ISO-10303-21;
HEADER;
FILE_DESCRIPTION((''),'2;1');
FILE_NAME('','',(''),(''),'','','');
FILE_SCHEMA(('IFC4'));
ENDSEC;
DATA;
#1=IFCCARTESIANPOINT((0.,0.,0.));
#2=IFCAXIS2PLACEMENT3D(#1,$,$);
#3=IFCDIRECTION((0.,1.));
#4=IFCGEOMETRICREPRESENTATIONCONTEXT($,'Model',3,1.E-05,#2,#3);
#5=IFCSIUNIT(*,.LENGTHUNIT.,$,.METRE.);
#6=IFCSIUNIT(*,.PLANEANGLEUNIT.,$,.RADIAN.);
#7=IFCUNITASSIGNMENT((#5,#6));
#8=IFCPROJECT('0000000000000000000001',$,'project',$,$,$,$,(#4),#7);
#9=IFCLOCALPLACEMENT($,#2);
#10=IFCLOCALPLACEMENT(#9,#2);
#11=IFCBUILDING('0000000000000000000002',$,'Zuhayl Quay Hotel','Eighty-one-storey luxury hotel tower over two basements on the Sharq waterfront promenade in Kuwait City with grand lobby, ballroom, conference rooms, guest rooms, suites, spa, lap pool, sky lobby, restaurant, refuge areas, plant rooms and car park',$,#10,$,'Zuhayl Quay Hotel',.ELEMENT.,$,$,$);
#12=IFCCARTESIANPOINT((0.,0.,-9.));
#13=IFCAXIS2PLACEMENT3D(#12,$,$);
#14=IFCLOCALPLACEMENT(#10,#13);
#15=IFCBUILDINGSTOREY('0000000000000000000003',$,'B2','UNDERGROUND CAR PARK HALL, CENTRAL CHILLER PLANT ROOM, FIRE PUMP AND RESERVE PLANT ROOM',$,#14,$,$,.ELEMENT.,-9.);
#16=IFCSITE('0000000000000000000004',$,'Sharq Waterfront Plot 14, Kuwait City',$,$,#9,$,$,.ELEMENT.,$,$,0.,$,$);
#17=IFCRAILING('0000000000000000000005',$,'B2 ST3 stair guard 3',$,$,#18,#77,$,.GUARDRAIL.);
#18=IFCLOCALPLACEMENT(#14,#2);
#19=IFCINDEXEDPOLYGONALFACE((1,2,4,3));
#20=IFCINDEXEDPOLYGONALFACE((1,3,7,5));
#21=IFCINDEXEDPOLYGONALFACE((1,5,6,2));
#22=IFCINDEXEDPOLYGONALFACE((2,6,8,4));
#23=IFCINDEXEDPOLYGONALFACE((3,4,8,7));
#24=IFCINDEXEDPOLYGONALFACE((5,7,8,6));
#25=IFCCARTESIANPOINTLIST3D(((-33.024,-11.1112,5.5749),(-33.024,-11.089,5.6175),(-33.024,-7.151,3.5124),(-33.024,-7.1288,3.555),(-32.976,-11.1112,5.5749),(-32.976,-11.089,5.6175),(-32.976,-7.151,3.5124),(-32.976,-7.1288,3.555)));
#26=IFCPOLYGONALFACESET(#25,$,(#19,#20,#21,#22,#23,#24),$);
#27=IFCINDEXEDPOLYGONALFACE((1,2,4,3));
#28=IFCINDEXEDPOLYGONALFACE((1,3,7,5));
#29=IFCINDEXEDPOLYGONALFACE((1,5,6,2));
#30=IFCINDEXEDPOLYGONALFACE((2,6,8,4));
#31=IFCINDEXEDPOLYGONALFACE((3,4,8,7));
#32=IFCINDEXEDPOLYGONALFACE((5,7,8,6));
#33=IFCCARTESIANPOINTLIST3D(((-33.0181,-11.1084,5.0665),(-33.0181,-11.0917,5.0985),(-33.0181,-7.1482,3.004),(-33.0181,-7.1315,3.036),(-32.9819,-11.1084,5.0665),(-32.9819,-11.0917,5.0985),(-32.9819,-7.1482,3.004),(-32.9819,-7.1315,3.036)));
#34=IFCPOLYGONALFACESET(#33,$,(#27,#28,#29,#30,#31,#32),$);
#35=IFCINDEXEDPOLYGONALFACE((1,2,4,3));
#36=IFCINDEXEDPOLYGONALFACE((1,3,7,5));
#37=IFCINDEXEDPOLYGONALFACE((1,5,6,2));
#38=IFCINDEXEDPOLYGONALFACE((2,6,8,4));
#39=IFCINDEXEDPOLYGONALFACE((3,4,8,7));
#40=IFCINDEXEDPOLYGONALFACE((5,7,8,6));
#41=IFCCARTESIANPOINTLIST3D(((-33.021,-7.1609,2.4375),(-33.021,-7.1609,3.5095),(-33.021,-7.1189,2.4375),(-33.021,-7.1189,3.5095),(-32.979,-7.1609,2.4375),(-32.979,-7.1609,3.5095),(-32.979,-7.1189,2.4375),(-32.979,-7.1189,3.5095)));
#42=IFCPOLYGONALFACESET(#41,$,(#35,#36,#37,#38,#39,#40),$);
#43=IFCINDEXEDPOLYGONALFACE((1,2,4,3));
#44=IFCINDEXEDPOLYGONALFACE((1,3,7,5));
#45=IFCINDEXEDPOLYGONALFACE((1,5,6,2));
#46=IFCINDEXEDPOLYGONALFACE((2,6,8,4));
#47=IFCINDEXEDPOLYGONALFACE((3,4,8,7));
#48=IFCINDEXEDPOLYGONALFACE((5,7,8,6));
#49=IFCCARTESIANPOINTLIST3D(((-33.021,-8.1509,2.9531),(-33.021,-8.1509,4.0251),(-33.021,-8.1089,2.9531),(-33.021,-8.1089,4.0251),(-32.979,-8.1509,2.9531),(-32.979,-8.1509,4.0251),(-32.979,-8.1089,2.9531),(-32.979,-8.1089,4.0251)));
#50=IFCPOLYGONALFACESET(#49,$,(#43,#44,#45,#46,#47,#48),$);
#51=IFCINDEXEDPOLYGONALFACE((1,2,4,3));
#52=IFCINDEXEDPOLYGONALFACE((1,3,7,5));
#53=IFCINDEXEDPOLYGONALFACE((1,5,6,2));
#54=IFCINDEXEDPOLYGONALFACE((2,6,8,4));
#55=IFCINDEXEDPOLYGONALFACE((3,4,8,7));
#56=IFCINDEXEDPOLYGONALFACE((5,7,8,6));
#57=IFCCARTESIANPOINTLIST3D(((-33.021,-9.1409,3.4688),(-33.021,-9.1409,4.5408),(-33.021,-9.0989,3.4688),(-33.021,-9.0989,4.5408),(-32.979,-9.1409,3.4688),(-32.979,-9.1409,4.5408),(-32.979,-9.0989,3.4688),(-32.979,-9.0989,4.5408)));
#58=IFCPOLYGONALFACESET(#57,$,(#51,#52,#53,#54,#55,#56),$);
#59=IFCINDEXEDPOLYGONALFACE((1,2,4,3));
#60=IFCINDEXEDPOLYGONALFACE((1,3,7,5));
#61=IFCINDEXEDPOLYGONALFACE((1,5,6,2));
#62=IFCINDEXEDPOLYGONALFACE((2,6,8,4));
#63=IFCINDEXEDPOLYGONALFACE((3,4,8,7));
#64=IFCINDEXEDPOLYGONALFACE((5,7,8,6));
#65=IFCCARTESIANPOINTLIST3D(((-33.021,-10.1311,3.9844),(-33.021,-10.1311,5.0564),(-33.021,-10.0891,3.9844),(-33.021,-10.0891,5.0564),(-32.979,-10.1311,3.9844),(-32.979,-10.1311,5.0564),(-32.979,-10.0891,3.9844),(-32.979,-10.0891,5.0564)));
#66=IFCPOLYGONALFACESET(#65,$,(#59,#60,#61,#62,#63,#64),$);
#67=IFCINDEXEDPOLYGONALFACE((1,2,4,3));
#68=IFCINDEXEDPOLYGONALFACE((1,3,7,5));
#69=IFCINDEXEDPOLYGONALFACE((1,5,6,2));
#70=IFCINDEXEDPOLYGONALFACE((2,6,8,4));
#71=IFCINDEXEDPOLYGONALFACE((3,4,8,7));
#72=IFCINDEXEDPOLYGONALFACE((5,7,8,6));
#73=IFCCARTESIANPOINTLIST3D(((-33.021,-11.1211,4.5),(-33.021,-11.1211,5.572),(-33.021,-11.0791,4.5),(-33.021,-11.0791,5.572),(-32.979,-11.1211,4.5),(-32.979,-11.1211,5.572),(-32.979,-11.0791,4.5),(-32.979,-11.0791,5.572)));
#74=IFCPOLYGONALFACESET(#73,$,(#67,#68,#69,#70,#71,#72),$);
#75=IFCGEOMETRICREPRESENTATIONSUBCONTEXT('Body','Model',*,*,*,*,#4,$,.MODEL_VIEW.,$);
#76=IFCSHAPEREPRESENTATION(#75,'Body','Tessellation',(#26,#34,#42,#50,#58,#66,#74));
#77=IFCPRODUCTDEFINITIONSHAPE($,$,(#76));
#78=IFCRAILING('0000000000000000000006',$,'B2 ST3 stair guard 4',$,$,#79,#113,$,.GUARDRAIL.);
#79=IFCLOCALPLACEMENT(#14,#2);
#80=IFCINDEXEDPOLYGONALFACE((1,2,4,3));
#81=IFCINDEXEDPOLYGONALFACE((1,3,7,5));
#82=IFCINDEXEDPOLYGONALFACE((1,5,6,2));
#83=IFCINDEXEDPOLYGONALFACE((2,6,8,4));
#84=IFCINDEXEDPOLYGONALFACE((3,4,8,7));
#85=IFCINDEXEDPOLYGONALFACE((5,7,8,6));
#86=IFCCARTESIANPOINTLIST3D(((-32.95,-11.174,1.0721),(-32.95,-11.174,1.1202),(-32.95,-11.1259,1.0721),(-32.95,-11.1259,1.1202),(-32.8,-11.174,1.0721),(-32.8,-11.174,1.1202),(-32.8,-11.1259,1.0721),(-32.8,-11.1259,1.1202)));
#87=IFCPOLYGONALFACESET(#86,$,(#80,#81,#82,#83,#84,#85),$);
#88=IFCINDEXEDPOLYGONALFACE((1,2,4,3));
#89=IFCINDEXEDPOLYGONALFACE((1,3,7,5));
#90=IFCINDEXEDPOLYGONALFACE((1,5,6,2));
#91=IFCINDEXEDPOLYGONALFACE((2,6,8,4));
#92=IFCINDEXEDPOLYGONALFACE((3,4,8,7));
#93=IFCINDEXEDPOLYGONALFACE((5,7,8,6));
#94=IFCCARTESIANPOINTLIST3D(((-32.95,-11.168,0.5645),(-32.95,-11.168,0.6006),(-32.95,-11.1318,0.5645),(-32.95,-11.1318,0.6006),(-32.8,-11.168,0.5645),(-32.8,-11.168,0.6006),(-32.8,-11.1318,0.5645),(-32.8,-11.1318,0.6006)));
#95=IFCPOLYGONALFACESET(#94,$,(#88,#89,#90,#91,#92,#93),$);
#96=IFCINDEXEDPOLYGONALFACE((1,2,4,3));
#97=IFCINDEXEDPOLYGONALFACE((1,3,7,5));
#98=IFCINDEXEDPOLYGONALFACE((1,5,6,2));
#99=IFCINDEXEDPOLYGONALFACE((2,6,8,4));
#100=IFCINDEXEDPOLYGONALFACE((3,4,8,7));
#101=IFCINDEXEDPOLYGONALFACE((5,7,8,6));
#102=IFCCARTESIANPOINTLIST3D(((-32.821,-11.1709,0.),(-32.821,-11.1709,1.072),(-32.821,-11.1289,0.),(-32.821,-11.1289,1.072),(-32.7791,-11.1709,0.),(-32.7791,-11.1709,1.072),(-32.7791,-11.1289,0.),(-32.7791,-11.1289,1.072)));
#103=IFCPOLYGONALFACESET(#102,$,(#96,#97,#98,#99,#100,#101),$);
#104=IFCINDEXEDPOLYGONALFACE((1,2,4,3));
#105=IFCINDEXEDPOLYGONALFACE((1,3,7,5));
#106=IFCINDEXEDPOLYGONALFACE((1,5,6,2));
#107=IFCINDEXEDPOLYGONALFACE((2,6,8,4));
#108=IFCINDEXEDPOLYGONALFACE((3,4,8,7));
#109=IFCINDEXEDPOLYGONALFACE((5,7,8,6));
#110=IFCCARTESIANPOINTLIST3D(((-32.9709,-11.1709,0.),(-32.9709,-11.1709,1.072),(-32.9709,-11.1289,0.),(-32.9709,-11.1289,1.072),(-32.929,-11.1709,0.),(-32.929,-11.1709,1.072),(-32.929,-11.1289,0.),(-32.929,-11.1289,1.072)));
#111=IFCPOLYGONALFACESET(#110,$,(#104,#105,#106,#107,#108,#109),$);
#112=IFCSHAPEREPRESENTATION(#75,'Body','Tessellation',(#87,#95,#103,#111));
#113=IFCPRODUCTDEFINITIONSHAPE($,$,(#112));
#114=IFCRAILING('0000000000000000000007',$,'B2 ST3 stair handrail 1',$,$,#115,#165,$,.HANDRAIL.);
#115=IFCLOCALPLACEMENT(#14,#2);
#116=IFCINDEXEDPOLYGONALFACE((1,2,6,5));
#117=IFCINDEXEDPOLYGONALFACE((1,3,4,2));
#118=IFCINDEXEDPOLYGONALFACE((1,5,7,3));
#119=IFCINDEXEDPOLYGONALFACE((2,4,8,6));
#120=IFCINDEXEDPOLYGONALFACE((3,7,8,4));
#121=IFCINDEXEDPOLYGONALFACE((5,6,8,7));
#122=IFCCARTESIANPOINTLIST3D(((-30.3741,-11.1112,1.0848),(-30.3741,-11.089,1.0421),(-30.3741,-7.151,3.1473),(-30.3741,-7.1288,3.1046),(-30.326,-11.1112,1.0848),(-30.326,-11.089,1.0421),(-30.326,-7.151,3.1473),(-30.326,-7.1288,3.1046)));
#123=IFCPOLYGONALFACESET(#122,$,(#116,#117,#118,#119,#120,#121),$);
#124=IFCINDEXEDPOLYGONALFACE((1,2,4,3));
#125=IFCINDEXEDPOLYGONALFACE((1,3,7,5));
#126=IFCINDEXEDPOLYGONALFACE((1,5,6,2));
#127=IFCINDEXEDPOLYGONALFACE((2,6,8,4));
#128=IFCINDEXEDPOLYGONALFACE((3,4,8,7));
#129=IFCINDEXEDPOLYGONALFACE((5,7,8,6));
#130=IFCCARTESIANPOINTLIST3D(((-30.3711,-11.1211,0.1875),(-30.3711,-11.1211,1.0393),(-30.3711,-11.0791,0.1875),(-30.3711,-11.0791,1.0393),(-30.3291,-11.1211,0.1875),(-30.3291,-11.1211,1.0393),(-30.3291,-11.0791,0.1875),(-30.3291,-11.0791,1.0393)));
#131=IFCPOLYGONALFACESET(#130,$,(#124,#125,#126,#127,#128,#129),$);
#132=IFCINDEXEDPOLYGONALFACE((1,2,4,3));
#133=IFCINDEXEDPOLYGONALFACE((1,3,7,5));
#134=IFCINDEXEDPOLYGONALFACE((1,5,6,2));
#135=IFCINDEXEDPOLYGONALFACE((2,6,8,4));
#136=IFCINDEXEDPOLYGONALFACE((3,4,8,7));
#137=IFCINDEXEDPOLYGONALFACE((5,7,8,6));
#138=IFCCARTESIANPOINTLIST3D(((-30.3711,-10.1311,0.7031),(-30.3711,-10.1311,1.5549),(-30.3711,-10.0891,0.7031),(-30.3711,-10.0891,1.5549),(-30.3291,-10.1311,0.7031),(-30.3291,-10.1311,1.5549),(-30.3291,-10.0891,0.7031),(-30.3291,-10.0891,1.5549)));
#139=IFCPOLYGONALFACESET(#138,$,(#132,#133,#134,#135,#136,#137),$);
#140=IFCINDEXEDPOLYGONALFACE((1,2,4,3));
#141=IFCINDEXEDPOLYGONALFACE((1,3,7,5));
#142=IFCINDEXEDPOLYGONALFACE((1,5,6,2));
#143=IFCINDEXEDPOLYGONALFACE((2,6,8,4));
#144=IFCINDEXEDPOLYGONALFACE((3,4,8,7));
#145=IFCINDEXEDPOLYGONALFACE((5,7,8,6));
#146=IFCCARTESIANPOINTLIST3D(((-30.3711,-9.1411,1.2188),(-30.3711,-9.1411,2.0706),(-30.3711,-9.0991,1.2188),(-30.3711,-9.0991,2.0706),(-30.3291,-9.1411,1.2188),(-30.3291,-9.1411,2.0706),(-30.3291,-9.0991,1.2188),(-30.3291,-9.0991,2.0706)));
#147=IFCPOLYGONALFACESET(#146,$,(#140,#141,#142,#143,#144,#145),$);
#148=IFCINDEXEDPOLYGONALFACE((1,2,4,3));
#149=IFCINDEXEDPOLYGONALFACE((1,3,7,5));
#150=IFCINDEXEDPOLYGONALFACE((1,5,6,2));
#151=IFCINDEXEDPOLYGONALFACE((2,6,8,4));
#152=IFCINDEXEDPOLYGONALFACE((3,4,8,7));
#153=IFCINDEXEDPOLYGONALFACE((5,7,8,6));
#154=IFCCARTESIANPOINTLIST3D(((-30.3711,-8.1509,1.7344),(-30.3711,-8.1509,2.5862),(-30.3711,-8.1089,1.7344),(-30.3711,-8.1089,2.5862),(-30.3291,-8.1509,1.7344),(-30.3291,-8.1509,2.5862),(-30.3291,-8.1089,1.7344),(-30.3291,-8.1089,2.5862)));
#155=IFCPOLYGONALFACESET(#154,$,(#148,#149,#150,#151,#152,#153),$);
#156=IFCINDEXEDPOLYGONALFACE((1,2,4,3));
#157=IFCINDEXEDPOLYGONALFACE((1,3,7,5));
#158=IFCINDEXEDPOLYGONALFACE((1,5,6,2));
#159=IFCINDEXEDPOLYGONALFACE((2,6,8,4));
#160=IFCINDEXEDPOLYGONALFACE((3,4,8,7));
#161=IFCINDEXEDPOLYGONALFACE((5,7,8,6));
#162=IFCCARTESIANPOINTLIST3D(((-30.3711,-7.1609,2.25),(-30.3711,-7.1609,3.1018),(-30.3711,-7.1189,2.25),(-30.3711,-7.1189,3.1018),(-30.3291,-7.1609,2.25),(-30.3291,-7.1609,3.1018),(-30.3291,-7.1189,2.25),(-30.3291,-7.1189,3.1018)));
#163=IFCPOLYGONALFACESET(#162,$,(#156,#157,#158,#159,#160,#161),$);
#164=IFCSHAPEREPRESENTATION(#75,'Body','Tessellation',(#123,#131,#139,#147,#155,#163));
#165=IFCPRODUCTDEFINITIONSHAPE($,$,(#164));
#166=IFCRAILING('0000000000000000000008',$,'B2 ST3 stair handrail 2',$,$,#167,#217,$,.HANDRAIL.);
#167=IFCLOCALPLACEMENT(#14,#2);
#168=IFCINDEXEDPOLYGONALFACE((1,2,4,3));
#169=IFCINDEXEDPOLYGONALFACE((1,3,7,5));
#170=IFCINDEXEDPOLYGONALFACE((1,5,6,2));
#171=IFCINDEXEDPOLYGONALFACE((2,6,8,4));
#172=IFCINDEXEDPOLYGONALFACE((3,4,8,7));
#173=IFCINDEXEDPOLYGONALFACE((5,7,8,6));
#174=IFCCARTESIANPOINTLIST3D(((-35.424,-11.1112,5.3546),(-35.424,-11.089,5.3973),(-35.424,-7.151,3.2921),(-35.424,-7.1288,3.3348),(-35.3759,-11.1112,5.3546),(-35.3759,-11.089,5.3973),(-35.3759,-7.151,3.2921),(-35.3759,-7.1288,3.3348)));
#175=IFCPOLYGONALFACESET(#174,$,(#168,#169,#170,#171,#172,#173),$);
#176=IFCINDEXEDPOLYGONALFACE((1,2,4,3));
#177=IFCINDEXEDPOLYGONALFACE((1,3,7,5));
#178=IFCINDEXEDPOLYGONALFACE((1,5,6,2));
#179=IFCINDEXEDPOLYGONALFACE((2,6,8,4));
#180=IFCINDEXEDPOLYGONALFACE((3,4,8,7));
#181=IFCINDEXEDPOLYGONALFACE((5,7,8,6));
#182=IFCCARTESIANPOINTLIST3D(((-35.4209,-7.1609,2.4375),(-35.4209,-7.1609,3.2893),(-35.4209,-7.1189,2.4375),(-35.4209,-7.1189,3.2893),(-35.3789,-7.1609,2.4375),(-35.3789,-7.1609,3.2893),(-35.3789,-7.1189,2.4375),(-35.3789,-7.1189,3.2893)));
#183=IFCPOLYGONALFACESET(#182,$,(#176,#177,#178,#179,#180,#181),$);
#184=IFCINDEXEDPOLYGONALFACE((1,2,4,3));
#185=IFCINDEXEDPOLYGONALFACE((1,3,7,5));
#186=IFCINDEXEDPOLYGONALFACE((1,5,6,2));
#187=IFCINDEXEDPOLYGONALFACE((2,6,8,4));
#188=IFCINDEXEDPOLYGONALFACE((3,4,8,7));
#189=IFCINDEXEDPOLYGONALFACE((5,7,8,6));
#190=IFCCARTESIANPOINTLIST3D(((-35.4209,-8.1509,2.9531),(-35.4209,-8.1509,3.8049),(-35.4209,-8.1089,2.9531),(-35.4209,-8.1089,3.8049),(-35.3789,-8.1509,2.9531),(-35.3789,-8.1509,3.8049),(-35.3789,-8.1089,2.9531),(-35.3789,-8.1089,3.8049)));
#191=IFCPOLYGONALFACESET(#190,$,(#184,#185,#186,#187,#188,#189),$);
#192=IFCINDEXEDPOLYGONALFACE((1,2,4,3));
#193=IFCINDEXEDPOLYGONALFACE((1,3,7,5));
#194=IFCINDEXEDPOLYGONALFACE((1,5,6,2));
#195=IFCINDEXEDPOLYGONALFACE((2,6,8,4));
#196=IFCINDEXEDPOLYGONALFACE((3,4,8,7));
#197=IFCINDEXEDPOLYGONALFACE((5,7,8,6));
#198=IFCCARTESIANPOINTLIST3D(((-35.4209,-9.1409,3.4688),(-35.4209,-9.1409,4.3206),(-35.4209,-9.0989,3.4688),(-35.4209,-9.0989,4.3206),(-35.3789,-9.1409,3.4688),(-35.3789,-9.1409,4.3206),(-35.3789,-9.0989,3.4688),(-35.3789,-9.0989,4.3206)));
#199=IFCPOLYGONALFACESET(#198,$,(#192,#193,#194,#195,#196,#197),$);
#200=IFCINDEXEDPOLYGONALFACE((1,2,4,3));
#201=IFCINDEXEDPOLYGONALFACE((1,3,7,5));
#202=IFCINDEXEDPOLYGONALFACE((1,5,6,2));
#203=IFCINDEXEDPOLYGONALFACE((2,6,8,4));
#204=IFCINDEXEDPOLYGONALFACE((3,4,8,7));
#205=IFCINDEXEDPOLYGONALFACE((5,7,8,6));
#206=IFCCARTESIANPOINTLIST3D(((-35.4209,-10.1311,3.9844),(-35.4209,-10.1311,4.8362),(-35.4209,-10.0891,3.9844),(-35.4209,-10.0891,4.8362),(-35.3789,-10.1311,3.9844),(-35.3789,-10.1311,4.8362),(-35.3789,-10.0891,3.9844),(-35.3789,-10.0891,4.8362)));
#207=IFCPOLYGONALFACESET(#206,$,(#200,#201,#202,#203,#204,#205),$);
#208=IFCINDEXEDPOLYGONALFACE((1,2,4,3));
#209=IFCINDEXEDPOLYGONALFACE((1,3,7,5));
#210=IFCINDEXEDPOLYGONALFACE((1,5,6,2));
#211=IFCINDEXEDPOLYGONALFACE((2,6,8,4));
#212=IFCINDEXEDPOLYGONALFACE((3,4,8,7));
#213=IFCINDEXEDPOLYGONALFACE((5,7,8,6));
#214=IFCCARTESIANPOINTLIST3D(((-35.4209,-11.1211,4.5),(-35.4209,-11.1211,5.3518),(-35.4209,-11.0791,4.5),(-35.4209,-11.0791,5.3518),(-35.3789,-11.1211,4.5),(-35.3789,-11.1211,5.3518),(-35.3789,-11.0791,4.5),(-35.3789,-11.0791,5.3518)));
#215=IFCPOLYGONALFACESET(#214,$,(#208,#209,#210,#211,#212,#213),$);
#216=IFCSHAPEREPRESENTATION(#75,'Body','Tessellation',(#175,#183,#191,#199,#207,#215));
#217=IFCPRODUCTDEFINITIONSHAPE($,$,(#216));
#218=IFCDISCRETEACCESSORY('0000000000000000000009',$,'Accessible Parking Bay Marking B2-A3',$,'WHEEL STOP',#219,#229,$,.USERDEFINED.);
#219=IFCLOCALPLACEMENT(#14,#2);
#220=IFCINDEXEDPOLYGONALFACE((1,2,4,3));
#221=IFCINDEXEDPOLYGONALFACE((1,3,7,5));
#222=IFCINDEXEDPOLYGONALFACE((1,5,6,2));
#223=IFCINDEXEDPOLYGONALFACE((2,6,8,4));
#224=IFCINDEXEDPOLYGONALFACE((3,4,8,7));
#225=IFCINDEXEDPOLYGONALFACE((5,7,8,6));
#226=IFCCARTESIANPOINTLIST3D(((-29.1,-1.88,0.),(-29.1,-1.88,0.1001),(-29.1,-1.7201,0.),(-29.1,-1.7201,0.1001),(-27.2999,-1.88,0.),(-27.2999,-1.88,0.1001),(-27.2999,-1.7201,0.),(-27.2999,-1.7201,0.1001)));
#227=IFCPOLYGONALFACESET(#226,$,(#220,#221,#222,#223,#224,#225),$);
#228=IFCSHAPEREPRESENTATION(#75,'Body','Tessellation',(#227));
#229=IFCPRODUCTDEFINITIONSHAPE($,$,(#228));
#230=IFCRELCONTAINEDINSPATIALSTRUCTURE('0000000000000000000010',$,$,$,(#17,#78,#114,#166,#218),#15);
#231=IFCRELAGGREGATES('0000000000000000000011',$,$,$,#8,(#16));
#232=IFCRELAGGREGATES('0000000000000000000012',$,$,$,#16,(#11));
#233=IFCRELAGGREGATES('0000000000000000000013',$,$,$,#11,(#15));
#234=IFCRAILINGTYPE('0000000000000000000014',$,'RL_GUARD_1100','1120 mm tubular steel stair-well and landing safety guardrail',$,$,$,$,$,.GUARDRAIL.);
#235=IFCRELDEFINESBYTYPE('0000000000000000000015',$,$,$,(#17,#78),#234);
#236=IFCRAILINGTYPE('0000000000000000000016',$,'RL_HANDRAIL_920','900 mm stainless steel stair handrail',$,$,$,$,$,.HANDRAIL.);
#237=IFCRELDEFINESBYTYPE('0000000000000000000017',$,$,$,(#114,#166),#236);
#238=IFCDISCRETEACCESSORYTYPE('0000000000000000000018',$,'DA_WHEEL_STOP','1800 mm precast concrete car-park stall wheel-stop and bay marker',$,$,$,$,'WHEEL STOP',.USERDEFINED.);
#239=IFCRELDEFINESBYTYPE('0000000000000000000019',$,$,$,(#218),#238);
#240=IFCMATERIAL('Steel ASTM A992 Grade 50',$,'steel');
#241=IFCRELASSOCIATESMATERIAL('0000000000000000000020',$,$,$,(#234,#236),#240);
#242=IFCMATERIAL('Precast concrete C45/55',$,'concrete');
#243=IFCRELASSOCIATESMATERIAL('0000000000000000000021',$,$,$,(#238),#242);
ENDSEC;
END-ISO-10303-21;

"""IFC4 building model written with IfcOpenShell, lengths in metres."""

from ifc_helpers import new_model, si_unit, direction, frame, origin, origin_2d, place, context, subcontext, project, spatial, rectangle, extrude, material, type_object, element, save


model = new_model("IFC4")

# Units and contexts
model_context = context("Model", 3, precision=1e-05, world=origin(), true_north=direction((0.0, 1.0)))
body_context = subcontext(model_context, "Body", "Model", "MODEL_VIEW")
ifc_project = project(units=[si_unit("LENGTHUNIT", "METRE"), si_unit("PLANEANGLEUNIT", "RADIAN")], contexts=[model_context])

# Site, building, storey
site_placement = place(None, origin())
site = spatial("IfcSite", under=ifc_project, at=site_placement, Name="Sharq Waterfront Plot 14, Kuwait City", CompositionType="ELEMENT", RefElevation=0.0)
building_placement = place(site_placement, origin())
building = spatial("IfcBuilding", under=site, at=building_placement, Name="Zuhayl Quay Hotel", Description="Eighty-one-storey luxury hotel tower over two basements on the Sharq waterfront promenade in Kuwait City with grand lobby, ballroom, conference rooms, guest rooms, suites, spa, lap pool, sky lobby, restaurant, refuge areas, plant rooms and car park", LongName="Zuhayl Quay Hotel", CompositionType="ELEMENT")
storey_placement = place(building_placement, frame((0.0, 0.0, -9.0)))
storey = spatial("IfcBuildingStorey", under=building, at=storey_placement, Name="B2", Description="UNDERGROUND CAR PARK HALL, CENTRAL CHILLER PLANT ROOM, FIRE PUMP AND RESERVE PLANT ROOM", CompositionType="ELEMENT", Elevation=-9.0)

# Railings
ifc_material_1 = material(Name="Steel ASTM A992 Grade 50", Category="steel")
railing_type_1 = type_object("IfcRailingType", Name="RL_GUARD_1100", Description="1120 mm tubular steel stair-well and landing safety guardrail", PredefinedType="GUARDRAIL", material=ifc_material_1)
railing_1_placement = place(storey_placement, frame((-33.0, -7.1399, 2.4375)))
element("IfcRailing", 1, at=railing_1_placement, inside=storey, type_object=railing_type_1, Name="B2 ST3 stair guard 3", PredefinedType="GUARDRAIL", context=body_context, shape_type="SweptSolid", body=[
    extrude(rectangle(XDim=0.0481, YDim=0.0481, at=origin_2d()), frame((0.0, 0.0, 1.0962), z_axis=(0.0, -0.886924, 0.461916), x_axis=(1.0, 0.0, 0.0)), (0.0, 0.0, 1.0), 4.4651),
    extrude(rectangle(XDim=0.0361, YDim=0.0361, at=origin_2d()), frame((0.0, 0.0, 0.5825), z_axis=(0.0, -0.886924, 0.461916), x_axis=(1.0, 0.0, 0.0)), (0.0, 0.0, 1.0), 4.4651),
    extrude(rectangle(XDim=0.042, YDim=0.042, at=origin_2d()), origin(), (0.0, 0.0, 1.0), 1.072),
    extrude(rectangle(XDim=0.042, YDim=0.042, at=origin_2d()), frame((0.0, -0.99, 0.5156)), (0.0, 0.0, 1.0), 1.072),
    extrude(rectangle(XDim=0.042, YDim=0.042, at=origin_2d()), frame((0.0, -1.98, 1.0312)), (0.0, 0.0, 1.0), 1.072),
    extrude(rectangle(XDim=0.042, YDim=0.042, at=origin_2d()), frame((0.0, -2.9702, 1.5469)), (0.0, 0.0, 1.0), 1.072),
    extrude(rectangle(XDim=0.042, YDim=0.042, at=origin_2d()), frame((0.0, -3.9602, 2.0625)), (0.0, 0.0, 1.0), 1.072),
])
railing_2_placement = place(storey_placement, frame((-32.8, -11.1499, 0.0)))
element("IfcRailing", 2, at=railing_2_placement, inside=storey, type_object=railing_type_1, Name="B2 ST3 stair guard 4", PredefinedType="GUARDRAIL", context=body_context, shape_type="SweptSolid", body=[
    extrude(rectangle(XDim=0.0481, YDim=0.0481, at=origin_2d()), frame((0.0, 0.0, 1.0962), z_axis=(-1.0, 0.0, 0.0), x_axis=(0.0, -1.0, 0.0)), (0.0, 0.0, 1.0), 0.1499),
    extrude(rectangle(XDim=0.0361, YDim=0.0361, at=origin_2d()), frame((0.0, 0.0, 0.5825), z_axis=(-1.0, 0.0, 0.0), x_axis=(0.0, -1.0, 0.0)), (0.0, 0.0, 1.0), 0.1499),
    extrude(rectangle(XDim=0.042, YDim=0.042, at=origin_2d()), origin(), (0.0, 0.0, 1.0), 1.072),
    extrude(rectangle(XDim=0.042, YDim=0.042, at=origin_2d()), frame((-0.1499, 0.0, 0.0)), (0.0, 0.0, 1.0), 1.072),
])
railing_type_2 = type_object("IfcRailingType", Name="RL_HANDRAIL_920", Description="900 mm stainless steel stair handrail", PredefinedType="HANDRAIL", material=ifc_material_1)
railing_3_placement = place(storey_placement, frame((-30.3501, -11.1001, 0.1875)))
element("IfcRailing", 3, at=railing_3_placement, inside=storey, type_object=railing_type_2, Name="B2 ST3 stair handrail 1", PredefinedType="HANDRAIL", context=body_context, shape_type="SweptSolid", body=[
    extrude(rectangle(XDim=0.0481, YDim=0.0481, at=origin_2d()), frame((0.0, 0.0, 0.876), z_axis=(0.0, 0.886924, 0.461916), x_axis=(-1.0, 0.0, 0.0)), (0.0, 0.0, 1.0), 4.4651),
    extrude(rectangle(XDim=0.042, YDim=0.042, at=origin_2d()), origin(), (0.0, 0.0, 1.0), 0.8518),
    extrude(rectangle(XDim=0.042, YDim=0.042, at=origin_2d()), frame((0.0, 0.99, 0.5156)), (0.0, 0.0, 1.0), 0.8518),
    extrude(rectangle(XDim=0.042, YDim=0.042, at=origin_2d()), frame((0.0, 1.98, 1.0312)), (0.0, 0.0, 1.0), 0.8518),
    extrude(rectangle(XDim=0.042, YDim=0.042, at=origin_2d()), frame((0.0, 2.9702, 1.5469)), (0.0, 0.0, 1.0), 0.8518),
    extrude(rectangle(XDim=0.042, YDim=0.042, at=origin_2d()), frame((0.0, 3.9602, 2.0625)), (0.0, 0.0, 1.0), 0.8518),
])
railing_4_placement = place(storey_placement, frame((-35.3999, -7.1399, 2.4375)))
element("IfcRailing", 4, at=railing_4_placement, inside=storey, type_object=railing_type_2, Name="B2 ST3 stair handrail 2", PredefinedType="HANDRAIL", context=body_context, shape_type="SweptSolid", body=[
    extrude(rectangle(XDim=0.0481, YDim=0.0481, at=origin_2d()), frame((0.0, 0.0, 0.876), z_axis=(0.0, -0.886924, 0.461916), x_axis=(1.0, 0.0, 0.0)), (0.0, 0.0, 1.0), 4.4651),
    extrude(rectangle(XDim=0.042, YDim=0.042, at=origin_2d()), origin(), (0.0, 0.0, 1.0), 0.8518),
    extrude(rectangle(XDim=0.042, YDim=0.042, at=origin_2d()), frame((0.0, -0.99, 0.5156)), (0.0, 0.0, 1.0), 0.8518),
    extrude(rectangle(XDim=0.042, YDim=0.042, at=origin_2d()), frame((0.0, -1.98, 1.0312)), (0.0, 0.0, 1.0), 0.8518),
    extrude(rectangle(XDim=0.042, YDim=0.042, at=origin_2d()), frame((0.0, -2.9702, 1.5469)), (0.0, 0.0, 1.0), 0.8518),
    extrude(rectangle(XDim=0.042, YDim=0.042, at=origin_2d()), frame((0.0, -3.9602, 2.0625)), (0.0, 0.0, 1.0), 0.8518),
])

# Discrete accessory
ifc_material_2 = material(Name="Precast concrete C45/55", Category="concrete")
discrete_accessory_type = type_object("IfcDiscreteAccessoryType", Name="DA_WHEEL_STOP", Description="1800 mm precast concrete car-park stall wheel-stop and bay marker", ElementType="WHEEL STOP", PredefinedType="USERDEFINED", material=ifc_material_2)
for number, where, z_axis, x_axis, name in (
    (5, (-28.2, -1.8, 0.0), (0.0, 0.0, 1.0), (1.0, 0.0, 0.0), "Accessible Parking Bay Marking B2-A3"),
):
    element("IfcDiscreteAccessory", number, at=place(storey_placement, frame(where, z_axis=z_axis, x_axis=x_axis)), inside=storey, type_object=discrete_accessory_type, Name=name, ObjectType="WHEEL STOP", PredefinedType="USERDEFINED", context=body_context, shape_type="SweptSolid", body=[
        extrude(rectangle(XDim=1.8, YDim=0.1599, at=origin_2d()), origin(), (0.0, 0.0, 1.0), 0.1001),
    ])

save(model, "model.ifc")
